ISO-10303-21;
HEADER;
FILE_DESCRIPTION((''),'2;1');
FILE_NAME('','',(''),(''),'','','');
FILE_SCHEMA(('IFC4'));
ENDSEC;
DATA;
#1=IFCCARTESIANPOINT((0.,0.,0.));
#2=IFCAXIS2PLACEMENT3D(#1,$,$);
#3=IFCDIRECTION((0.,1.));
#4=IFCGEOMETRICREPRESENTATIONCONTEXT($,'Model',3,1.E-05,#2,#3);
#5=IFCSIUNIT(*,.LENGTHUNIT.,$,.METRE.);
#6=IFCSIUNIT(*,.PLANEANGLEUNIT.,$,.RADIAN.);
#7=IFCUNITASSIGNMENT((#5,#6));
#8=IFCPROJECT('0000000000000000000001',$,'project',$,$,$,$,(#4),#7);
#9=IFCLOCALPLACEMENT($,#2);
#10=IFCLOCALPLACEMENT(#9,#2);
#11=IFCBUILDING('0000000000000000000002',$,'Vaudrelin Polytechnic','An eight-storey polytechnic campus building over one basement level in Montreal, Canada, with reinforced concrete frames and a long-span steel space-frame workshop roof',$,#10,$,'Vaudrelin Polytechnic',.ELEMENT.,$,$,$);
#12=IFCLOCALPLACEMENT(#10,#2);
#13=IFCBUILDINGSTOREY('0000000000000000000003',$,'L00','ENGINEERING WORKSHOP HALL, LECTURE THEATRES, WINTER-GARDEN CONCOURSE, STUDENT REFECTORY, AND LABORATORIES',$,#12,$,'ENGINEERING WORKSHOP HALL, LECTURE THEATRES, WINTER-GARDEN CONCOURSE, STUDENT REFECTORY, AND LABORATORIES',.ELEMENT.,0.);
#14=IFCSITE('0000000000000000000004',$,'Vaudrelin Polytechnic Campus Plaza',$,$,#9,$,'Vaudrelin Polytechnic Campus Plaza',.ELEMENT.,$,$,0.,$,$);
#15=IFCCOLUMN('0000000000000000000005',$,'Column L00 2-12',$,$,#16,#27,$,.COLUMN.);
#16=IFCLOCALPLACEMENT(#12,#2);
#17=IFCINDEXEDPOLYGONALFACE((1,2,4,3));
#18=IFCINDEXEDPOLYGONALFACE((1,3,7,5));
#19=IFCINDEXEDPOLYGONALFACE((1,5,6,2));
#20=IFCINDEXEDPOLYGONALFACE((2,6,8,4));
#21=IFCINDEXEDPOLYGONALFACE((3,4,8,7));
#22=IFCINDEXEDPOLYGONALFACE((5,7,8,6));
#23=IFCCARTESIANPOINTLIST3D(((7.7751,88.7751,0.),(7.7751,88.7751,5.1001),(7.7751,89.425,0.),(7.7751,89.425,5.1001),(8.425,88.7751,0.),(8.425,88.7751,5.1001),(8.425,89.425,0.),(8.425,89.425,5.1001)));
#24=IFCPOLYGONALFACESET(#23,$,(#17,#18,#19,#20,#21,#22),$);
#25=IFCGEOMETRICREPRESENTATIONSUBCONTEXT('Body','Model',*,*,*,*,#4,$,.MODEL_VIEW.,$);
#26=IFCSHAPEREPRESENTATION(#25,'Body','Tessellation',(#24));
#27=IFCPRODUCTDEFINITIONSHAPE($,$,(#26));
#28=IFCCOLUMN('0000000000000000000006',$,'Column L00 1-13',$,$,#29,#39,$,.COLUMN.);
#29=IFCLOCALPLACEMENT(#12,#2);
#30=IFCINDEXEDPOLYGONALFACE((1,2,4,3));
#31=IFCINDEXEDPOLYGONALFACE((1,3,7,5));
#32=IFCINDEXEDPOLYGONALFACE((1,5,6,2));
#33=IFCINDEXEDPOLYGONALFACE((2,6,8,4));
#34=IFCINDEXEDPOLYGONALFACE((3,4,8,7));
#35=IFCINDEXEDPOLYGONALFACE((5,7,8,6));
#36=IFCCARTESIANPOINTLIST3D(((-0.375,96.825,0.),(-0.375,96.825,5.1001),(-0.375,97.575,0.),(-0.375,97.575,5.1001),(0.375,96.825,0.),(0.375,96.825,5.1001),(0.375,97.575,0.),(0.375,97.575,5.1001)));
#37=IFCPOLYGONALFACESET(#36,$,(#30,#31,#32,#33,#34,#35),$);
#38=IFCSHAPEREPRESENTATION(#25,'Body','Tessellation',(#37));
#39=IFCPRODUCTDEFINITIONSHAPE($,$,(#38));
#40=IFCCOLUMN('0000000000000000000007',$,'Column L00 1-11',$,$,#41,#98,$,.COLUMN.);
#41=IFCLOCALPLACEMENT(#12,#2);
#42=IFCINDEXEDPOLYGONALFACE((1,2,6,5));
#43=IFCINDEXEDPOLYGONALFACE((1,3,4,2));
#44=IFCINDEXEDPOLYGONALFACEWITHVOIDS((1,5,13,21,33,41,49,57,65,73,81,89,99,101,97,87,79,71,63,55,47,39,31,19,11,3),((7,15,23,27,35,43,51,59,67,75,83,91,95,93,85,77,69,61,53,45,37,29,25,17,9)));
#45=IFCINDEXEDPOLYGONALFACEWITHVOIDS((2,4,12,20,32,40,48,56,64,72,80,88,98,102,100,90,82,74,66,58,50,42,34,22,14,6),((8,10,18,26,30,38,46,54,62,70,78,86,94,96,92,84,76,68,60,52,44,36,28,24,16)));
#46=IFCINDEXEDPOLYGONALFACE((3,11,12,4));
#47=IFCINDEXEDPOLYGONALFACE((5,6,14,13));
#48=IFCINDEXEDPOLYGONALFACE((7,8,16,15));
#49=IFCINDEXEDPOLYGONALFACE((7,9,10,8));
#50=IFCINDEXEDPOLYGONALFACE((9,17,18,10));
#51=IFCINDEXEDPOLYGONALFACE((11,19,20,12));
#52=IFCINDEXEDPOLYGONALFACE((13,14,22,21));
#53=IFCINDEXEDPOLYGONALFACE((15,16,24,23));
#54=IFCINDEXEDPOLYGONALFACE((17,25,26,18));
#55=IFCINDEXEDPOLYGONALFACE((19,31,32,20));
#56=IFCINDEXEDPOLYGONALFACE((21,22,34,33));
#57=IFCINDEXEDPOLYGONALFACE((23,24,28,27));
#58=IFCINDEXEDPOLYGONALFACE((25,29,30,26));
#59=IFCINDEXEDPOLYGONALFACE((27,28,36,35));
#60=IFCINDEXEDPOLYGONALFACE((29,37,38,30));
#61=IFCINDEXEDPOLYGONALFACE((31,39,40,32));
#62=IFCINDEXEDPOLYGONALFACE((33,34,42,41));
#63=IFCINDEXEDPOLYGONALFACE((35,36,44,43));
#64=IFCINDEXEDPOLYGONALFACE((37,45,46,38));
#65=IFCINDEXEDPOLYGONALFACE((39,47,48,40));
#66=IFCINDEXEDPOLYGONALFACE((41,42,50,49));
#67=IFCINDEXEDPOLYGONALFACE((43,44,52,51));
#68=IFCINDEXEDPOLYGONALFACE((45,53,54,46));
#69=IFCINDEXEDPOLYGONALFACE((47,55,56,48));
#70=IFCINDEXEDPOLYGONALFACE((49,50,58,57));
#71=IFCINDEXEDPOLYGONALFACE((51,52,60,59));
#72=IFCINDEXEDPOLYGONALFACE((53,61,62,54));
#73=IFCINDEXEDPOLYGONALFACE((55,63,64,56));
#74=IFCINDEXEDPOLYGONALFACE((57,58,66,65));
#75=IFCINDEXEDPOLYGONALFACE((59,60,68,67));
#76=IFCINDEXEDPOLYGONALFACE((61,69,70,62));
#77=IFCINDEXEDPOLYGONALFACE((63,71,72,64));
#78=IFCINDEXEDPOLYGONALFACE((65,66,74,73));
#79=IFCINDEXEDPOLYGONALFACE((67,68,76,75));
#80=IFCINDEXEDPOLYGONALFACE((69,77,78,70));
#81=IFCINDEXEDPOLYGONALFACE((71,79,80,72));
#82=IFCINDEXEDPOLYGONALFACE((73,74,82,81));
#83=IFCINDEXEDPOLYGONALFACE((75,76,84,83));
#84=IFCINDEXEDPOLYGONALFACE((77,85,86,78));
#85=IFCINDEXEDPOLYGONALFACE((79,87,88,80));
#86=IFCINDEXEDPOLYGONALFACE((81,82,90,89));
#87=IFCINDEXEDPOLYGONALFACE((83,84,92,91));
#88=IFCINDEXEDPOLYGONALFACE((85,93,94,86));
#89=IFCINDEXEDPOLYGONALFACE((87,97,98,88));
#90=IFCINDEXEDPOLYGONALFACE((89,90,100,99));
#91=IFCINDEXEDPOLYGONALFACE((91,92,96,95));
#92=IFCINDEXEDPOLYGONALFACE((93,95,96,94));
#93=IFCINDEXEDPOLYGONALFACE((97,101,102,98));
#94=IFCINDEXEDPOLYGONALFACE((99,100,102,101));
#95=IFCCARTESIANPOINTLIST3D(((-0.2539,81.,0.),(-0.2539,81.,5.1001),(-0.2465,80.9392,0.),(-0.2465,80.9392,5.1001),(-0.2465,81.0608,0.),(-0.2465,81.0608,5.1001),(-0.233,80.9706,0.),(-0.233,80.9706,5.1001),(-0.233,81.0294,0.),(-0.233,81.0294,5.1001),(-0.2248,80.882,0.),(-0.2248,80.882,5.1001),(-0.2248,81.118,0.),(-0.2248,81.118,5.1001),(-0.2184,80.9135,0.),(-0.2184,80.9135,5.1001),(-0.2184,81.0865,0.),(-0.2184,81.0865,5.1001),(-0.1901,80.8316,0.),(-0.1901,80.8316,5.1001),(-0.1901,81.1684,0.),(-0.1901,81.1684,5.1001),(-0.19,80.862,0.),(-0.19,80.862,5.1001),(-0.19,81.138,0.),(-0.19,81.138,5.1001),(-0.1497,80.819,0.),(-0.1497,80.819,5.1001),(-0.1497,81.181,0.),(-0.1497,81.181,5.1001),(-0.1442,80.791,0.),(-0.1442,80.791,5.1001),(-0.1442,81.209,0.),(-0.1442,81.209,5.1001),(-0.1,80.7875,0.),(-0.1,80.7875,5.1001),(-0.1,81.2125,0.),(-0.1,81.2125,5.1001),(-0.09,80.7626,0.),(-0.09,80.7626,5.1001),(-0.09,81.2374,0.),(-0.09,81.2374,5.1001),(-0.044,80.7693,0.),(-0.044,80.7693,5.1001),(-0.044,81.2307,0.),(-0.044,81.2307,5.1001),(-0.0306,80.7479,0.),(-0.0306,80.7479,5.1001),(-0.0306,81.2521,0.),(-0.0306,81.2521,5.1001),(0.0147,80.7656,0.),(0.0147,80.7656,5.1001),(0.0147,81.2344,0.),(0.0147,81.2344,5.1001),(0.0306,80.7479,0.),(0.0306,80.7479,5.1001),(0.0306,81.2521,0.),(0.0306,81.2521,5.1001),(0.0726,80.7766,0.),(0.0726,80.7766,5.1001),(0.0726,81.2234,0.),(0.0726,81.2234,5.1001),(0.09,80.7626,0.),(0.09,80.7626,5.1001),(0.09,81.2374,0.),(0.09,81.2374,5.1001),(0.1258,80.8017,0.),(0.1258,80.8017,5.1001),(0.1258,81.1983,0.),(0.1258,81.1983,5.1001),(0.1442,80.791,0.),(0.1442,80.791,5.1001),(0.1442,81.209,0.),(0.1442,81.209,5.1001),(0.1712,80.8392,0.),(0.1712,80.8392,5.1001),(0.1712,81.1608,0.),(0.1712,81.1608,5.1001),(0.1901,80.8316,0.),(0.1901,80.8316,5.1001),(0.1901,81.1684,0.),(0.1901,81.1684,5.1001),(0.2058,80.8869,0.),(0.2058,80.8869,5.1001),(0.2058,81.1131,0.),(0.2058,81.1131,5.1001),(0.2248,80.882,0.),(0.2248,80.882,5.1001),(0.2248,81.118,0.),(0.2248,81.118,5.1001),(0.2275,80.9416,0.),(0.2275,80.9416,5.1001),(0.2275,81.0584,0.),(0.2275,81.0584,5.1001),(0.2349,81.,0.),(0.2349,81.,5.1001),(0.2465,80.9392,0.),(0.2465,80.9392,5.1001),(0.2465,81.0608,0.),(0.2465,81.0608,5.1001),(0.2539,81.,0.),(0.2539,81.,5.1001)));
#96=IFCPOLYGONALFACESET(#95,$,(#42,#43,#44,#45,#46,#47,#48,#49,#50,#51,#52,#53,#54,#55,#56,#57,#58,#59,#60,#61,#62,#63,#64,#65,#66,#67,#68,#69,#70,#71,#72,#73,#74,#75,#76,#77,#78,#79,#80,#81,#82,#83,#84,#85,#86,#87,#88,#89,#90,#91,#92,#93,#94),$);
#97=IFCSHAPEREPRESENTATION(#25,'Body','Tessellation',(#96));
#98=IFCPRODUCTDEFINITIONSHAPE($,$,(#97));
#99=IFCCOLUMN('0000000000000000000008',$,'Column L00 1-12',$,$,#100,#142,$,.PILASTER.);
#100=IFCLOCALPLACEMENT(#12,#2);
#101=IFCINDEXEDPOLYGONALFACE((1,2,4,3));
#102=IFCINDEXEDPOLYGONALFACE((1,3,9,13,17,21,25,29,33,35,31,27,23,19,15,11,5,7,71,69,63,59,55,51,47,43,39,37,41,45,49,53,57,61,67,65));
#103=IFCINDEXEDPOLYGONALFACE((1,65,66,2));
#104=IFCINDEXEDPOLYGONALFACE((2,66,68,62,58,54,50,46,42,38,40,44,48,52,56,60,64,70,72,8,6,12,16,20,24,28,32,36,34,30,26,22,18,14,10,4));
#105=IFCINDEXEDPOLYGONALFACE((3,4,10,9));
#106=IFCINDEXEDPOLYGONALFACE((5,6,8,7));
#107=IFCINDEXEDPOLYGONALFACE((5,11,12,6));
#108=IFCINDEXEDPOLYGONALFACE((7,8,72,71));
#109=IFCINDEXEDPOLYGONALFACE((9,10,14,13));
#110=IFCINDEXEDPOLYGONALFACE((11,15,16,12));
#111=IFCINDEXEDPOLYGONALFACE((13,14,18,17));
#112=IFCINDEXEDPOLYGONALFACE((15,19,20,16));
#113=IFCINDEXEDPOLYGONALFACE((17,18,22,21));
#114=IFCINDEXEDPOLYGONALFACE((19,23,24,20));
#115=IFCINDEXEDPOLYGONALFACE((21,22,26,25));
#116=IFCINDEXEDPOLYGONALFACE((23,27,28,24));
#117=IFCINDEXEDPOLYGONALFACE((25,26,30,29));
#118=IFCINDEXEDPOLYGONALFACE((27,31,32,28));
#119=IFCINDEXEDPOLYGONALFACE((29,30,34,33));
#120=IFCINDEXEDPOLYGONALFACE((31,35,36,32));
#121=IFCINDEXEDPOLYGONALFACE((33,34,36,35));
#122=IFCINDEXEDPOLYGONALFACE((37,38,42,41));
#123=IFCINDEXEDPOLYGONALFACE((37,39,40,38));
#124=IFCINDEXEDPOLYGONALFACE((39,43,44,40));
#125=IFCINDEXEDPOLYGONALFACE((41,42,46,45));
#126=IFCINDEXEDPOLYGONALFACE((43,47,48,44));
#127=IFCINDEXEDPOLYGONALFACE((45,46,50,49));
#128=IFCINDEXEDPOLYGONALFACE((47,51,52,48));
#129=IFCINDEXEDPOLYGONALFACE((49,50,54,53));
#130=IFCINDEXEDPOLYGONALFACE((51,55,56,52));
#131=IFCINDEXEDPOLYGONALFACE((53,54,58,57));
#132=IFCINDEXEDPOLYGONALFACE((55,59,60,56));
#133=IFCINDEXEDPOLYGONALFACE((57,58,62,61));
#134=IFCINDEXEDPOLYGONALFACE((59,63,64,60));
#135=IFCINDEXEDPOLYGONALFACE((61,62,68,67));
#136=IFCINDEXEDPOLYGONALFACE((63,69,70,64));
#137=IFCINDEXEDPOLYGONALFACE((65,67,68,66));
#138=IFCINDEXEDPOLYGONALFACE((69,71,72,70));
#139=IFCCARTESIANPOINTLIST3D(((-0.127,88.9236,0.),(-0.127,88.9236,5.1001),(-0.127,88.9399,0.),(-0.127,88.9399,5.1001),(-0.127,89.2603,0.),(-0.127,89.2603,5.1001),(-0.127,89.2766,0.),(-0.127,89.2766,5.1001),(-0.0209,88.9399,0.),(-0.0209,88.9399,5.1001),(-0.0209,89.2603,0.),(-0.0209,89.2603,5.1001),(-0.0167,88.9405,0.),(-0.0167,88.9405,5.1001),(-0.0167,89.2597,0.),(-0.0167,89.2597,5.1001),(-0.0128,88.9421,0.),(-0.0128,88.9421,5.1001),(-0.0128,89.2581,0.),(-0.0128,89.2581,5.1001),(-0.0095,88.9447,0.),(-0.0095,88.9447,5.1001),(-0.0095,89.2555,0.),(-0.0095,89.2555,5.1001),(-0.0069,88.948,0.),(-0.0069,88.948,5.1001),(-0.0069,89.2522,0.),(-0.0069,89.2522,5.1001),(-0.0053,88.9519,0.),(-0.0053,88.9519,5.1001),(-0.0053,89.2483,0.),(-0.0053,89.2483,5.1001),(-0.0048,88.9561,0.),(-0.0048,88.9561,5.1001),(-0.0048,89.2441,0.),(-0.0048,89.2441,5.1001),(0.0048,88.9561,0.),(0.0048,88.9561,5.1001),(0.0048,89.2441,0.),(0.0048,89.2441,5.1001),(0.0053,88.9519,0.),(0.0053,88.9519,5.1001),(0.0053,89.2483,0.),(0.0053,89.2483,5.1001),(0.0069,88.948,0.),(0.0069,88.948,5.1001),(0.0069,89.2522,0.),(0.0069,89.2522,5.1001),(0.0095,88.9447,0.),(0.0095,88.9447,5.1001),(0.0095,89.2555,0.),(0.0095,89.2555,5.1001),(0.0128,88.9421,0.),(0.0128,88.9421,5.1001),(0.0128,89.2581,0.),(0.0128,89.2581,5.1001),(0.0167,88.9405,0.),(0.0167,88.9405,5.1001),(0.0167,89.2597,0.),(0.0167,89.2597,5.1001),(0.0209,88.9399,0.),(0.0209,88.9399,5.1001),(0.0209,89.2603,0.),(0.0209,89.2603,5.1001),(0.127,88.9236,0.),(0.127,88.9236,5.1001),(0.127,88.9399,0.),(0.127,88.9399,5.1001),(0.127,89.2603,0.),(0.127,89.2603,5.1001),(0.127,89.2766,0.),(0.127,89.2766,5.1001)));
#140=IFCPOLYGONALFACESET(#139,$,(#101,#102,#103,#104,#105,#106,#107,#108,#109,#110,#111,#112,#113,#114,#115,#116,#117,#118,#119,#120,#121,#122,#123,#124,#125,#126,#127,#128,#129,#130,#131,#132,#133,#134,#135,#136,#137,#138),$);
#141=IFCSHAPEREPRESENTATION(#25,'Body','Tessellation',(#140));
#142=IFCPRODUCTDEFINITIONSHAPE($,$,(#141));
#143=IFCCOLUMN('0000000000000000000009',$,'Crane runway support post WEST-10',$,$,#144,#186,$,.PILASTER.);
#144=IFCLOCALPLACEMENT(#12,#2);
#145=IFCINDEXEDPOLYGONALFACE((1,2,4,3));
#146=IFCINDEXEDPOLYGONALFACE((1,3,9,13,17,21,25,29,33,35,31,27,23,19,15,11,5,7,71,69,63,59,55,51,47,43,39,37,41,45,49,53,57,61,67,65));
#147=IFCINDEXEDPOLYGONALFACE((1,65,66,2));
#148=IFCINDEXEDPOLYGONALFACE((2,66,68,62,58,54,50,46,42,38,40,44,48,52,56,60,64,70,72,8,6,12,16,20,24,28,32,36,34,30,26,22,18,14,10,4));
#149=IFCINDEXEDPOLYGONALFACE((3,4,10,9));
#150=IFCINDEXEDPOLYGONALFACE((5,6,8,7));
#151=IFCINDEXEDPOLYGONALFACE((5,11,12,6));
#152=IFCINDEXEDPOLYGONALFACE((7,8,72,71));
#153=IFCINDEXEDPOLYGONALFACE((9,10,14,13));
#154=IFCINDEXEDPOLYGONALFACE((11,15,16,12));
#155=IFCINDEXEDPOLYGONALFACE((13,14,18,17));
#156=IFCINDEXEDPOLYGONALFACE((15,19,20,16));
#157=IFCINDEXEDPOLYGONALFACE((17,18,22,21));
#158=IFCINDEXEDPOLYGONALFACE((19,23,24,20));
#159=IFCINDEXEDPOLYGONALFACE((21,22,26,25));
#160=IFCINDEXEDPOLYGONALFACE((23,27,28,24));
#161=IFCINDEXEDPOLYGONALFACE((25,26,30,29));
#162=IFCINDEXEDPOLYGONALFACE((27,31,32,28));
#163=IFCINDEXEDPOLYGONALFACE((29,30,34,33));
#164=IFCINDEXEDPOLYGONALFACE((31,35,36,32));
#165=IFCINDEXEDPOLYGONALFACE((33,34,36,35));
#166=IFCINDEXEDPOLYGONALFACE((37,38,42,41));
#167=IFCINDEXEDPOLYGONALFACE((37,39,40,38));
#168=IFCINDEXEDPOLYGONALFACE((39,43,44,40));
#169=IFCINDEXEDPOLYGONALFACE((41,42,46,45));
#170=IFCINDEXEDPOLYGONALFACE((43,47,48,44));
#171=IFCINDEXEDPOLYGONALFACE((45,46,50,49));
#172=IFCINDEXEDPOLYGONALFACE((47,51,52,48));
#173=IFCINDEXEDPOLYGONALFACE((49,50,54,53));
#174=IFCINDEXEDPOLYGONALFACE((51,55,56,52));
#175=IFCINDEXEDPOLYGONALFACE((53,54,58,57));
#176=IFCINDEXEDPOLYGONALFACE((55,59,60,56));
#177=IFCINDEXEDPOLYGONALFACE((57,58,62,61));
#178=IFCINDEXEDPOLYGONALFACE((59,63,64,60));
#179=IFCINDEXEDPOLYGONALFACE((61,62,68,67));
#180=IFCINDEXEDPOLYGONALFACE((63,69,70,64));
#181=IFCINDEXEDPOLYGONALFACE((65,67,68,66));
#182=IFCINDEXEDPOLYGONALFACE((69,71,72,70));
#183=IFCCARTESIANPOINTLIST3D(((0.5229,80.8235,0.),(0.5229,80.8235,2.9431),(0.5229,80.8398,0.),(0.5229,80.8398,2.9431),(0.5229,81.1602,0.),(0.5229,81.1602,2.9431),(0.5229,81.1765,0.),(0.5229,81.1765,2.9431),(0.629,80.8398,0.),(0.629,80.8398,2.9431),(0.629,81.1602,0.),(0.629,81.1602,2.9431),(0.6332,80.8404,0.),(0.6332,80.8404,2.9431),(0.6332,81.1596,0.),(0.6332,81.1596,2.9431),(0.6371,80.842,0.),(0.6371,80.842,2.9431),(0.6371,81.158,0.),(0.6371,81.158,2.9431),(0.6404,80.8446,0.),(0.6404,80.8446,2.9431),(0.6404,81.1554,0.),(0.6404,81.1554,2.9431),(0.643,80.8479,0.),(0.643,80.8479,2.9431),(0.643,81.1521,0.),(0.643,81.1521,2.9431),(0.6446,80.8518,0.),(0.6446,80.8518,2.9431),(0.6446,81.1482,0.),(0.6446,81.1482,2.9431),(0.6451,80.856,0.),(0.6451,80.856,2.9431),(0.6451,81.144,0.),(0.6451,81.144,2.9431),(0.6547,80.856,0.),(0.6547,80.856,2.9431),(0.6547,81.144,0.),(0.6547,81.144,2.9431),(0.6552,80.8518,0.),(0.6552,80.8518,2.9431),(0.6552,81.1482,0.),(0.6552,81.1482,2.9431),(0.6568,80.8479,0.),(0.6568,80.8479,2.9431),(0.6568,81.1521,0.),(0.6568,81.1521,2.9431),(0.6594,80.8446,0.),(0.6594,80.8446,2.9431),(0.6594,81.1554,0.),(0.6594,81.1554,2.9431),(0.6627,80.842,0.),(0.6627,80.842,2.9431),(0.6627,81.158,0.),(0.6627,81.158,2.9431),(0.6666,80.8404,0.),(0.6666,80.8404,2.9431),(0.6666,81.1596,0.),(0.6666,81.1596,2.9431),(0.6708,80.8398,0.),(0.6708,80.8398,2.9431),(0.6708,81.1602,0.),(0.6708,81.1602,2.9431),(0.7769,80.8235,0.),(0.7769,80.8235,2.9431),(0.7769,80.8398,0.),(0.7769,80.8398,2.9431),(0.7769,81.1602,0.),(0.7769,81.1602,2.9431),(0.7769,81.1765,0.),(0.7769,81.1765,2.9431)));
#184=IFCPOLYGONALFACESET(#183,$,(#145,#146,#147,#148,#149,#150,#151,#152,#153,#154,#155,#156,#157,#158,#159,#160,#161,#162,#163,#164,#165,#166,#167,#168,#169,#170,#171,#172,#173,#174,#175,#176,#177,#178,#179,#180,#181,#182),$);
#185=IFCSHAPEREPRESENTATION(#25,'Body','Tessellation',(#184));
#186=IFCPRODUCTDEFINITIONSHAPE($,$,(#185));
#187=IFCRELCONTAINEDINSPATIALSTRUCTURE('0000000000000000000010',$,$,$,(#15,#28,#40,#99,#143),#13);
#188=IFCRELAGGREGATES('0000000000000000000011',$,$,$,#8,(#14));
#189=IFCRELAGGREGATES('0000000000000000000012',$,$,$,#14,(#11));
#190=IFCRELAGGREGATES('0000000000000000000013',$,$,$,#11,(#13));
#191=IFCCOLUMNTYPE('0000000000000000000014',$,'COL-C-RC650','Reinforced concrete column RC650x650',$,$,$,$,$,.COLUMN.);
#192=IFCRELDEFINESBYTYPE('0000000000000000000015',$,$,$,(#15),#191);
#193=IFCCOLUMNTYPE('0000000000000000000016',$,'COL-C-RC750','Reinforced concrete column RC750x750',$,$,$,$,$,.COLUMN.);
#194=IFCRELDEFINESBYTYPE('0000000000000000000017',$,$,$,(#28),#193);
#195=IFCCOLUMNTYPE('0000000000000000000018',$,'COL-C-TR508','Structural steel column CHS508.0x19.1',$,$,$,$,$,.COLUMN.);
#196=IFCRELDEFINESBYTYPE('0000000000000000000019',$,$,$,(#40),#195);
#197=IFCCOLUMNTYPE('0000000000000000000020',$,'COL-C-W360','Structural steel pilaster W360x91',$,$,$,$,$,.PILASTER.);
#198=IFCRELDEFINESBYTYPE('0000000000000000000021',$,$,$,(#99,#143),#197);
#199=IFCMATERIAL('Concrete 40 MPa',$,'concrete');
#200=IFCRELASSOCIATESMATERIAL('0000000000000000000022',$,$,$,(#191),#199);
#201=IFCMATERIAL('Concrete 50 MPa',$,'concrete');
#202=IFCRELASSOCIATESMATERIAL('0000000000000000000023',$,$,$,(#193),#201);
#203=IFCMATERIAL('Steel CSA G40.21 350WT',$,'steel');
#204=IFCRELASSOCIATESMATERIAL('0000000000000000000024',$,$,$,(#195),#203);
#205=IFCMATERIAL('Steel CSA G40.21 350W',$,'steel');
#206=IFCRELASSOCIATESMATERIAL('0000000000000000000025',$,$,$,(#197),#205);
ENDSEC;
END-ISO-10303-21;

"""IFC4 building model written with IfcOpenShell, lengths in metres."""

from ifc_helpers import new_model, si_unit, direction, frame, origin, origin_2d, place, context, subcontext, project, spatial, rectangle, hollow_circle, i_section, extrude, material, material_profile, profile_set, type_object, element, save


model = new_model("IFC4")

# Units and contexts
model_context = context("Model", 3, precision=1e-05, world=origin(), true_north=direction((0.0, 1.0)))
body_context = subcontext(model_context, "Body", "Model", "MODEL_VIEW")
ifc_project = project(units=[si_unit("LENGTHUNIT", "METRE"), si_unit("PLANEANGLEUNIT", "RADIAN")], contexts=[model_context])

# Site, building, storey
site_placement = place(None, origin())
site = spatial("IfcSite", under=ifc_project, at=site_placement, Name="Vaudrelin Polytechnic Campus Plaza", LongName="Vaudrelin Polytechnic Campus Plaza", CompositionType="ELEMENT", RefElevation=0.0)
building_placement = place(site_placement, origin())
building = spatial("IfcBuilding", under=site, at=building_placement, Name="Vaudrelin Polytechnic", Description="An eight-storey polytechnic campus building over one basement level in Montreal, Canada, with reinforced concrete frames and a long-span steel space-frame workshop roof", LongName="Vaudrelin Polytechnic", CompositionType="ELEMENT")
storey_placement = place(building_placement, origin())
storey = spatial("IfcBuildingStorey", under=building, at=storey_placement, Name="L00", Description="ENGINEERING WORKSHOP HALL, LECTURE THEATRES, WINTER-GARDEN CONCOURSE, STUDENT REFECTORY, AND LABORATORIES", LongName="ENGINEERING WORKSHOP HALL, LECTURE THEATRES, WINTER-GARDEN CONCOURSE, STUDENT REFECTORY, AND LABORATORIES", CompositionType="ELEMENT", Elevation=0.0)

# Columns
ifc_material_1 = material(Name="Concrete 40 MPa", Category="concrete")
ifc_material_profile_1 = material_profile(ifc_material_1, rectangle(XDim=0.6499, YDim=0.6499, at=origin_2d()), Name="RC650x650")
ifc_profile_set_1 = profile_set([ifc_material_profile_1], Name="Concrete 40 MPa")
column_type_1 = type_object("IfcColumnType", Name="COL-C-RC650", Description="Reinforced concrete column RC650x650", PredefinedType="COLUMN", material=ifc_profile_set_1)
column_1_placement = place(storey_placement, frame((8.1001, 89.1001, 0.0), z_axis=(0.0, 0.0, 1.0), x_axis=(1.0, 0.0, 0.0)))
element("IfcColumn", 1, at=column_1_placement, inside=storey, type_object=column_type_1, Name="Column L00 2-12", PredefinedType="COLUMN", context=body_context, shape_type="SweptSolid", body=[
    extrude(rectangle(XDim=0.6499, YDim=0.6499, at=origin_2d()), origin(), (0.0, 0.0, 1.0), 5.1001),
])
ifc_material_2 = material(Name="Concrete 50 MPa", Category="concrete")
ifc_material_profile_2 = material_profile(ifc_material_2, rectangle(XDim=0.75, YDim=0.75, at=origin_2d()), Name="RC750x750")
ifc_profile_set_2 = profile_set([ifc_material_profile_2], Name="Concrete 50 MPa")
column_type_2 = type_object("IfcColumnType", Name="COL-C-RC750", Description="Reinforced concrete column RC750x750", PredefinedType="COLUMN", material=ifc_profile_set_2)
column_2_placement = place(storey_placement, frame((0.0, 97.2, 0.0), z_axis=(0.0, 0.0, 1.0), x_axis=(1.0, 0.0, 0.0)))
element("IfcColumn", 2, at=column_2_placement, inside=storey, type_object=column_type_2, Name="Column L00 1-13", PredefinedType="COLUMN", context=body_context, shape_type="SweptSolid", body=[
    extrude(rectangle(XDim=0.75, YDim=0.75, at=origin_2d()), origin(), (0.0, 0.0, 1.0), 5.1001),
])
ifc_material_3 = material(Name="Steel CSA G40.21 350WT", Category="steel")
ifc_material_profile_3 = material_profile(ifc_material_3, hollow_circle(Radius=0.2539, WallThickness=0.019, at=origin_2d()), Name="CHS508.0x19.1")
ifc_profile_set_3 = profile_set([ifc_material_profile_3], Name="Steel CSA G40.21 350WT")
column_type_3 = type_object("IfcColumnType", Name="COL-C-TR508", Description="Structural steel column CHS508.0x19.1", PredefinedType="COLUMN", material=ifc_profile_set_3)
column_3_placement = place(storey_placement, frame((0.0, 81.0, 0.0), z_axis=(0.0, 0.0, 1.0), x_axis=(1.0, 0.0, 0.0)))
element("IfcColumn", 3, at=column_3_placement, inside=storey, type_object=column_type_3, Name="Column L00 1-11", PredefinedType="COLUMN", context=body_context, shape_type="SweptSolid", body=[
    extrude(hollow_circle(Radius=0.2539, WallThickness=0.019, at=origin_2d()), origin(), (0.0, 0.0, 1.0), 5.1001),
])
ifc_material_4 = material(Name="Steel CSA G40.21 350W", Category="steel")
ifc_material_profile_4 = material_profile(ifc_material_4, i_section(OverallWidth=0.2539, OverallDepth=0.353, WebThickness=0.0095, FlangeThickness=0.0164, FilletRadius=0.0161, at=origin_2d()), Name="W360x91")
ifc_profile_set_4 = profile_set([ifc_material_profile_4], Name="Steel CSA G40.21 350W")
column_type_4 = type_object("IfcColumnType", Name="COL-C-W360", Description="Structural steel pilaster W360x91", PredefinedType="PILASTER", material=ifc_profile_set_4)
column_4_placement = place(storey_placement, frame((0.0, 89.1001, 0.0), z_axis=(0.0, 0.0, 1.0), x_axis=(1.0, 0.0, 0.0)))
element("IfcColumn", 4, at=column_4_placement, inside=storey, type_object=column_type_4, Name="Column L00 1-12", PredefinedType="PILASTER", context=body_context, shape_type="SweptSolid", body=[
    extrude(i_section(OverallWidth=0.2539, OverallDepth=0.353, WebThickness=0.0095, FlangeThickness=0.0164, FilletRadius=0.0161, at=origin_2d()), origin(), (0.0, 0.0, 1.0), 5.1001),
])
for number, where, z_axis, x_axis, name in (
    (5, (0.6499, 81.0, 0.0), (0.0, 0.0, 1.0), (1.0, 0.0, 0.0), "Crane runway support post WEST-10"),
):
    element("IfcColumn", number, at=place(storey_placement, frame(where, z_axis=z_axis, x_axis=x_axis)), inside=storey, type_object=column_type_4, Name=name, PredefinedType="PILASTER", context=body_context, shape_type="SweptSolid", body=[
        extrude(i_section(OverallWidth=0.2539, OverallDepth=0.353, WebThickness=0.0095, FlangeThickness=0.0164, FilletRadius=0.0161, at=origin_2d()), origin(), (0.0, 0.0, 1.0), 2.9431),
    ])

save(model, "model.ifc")
